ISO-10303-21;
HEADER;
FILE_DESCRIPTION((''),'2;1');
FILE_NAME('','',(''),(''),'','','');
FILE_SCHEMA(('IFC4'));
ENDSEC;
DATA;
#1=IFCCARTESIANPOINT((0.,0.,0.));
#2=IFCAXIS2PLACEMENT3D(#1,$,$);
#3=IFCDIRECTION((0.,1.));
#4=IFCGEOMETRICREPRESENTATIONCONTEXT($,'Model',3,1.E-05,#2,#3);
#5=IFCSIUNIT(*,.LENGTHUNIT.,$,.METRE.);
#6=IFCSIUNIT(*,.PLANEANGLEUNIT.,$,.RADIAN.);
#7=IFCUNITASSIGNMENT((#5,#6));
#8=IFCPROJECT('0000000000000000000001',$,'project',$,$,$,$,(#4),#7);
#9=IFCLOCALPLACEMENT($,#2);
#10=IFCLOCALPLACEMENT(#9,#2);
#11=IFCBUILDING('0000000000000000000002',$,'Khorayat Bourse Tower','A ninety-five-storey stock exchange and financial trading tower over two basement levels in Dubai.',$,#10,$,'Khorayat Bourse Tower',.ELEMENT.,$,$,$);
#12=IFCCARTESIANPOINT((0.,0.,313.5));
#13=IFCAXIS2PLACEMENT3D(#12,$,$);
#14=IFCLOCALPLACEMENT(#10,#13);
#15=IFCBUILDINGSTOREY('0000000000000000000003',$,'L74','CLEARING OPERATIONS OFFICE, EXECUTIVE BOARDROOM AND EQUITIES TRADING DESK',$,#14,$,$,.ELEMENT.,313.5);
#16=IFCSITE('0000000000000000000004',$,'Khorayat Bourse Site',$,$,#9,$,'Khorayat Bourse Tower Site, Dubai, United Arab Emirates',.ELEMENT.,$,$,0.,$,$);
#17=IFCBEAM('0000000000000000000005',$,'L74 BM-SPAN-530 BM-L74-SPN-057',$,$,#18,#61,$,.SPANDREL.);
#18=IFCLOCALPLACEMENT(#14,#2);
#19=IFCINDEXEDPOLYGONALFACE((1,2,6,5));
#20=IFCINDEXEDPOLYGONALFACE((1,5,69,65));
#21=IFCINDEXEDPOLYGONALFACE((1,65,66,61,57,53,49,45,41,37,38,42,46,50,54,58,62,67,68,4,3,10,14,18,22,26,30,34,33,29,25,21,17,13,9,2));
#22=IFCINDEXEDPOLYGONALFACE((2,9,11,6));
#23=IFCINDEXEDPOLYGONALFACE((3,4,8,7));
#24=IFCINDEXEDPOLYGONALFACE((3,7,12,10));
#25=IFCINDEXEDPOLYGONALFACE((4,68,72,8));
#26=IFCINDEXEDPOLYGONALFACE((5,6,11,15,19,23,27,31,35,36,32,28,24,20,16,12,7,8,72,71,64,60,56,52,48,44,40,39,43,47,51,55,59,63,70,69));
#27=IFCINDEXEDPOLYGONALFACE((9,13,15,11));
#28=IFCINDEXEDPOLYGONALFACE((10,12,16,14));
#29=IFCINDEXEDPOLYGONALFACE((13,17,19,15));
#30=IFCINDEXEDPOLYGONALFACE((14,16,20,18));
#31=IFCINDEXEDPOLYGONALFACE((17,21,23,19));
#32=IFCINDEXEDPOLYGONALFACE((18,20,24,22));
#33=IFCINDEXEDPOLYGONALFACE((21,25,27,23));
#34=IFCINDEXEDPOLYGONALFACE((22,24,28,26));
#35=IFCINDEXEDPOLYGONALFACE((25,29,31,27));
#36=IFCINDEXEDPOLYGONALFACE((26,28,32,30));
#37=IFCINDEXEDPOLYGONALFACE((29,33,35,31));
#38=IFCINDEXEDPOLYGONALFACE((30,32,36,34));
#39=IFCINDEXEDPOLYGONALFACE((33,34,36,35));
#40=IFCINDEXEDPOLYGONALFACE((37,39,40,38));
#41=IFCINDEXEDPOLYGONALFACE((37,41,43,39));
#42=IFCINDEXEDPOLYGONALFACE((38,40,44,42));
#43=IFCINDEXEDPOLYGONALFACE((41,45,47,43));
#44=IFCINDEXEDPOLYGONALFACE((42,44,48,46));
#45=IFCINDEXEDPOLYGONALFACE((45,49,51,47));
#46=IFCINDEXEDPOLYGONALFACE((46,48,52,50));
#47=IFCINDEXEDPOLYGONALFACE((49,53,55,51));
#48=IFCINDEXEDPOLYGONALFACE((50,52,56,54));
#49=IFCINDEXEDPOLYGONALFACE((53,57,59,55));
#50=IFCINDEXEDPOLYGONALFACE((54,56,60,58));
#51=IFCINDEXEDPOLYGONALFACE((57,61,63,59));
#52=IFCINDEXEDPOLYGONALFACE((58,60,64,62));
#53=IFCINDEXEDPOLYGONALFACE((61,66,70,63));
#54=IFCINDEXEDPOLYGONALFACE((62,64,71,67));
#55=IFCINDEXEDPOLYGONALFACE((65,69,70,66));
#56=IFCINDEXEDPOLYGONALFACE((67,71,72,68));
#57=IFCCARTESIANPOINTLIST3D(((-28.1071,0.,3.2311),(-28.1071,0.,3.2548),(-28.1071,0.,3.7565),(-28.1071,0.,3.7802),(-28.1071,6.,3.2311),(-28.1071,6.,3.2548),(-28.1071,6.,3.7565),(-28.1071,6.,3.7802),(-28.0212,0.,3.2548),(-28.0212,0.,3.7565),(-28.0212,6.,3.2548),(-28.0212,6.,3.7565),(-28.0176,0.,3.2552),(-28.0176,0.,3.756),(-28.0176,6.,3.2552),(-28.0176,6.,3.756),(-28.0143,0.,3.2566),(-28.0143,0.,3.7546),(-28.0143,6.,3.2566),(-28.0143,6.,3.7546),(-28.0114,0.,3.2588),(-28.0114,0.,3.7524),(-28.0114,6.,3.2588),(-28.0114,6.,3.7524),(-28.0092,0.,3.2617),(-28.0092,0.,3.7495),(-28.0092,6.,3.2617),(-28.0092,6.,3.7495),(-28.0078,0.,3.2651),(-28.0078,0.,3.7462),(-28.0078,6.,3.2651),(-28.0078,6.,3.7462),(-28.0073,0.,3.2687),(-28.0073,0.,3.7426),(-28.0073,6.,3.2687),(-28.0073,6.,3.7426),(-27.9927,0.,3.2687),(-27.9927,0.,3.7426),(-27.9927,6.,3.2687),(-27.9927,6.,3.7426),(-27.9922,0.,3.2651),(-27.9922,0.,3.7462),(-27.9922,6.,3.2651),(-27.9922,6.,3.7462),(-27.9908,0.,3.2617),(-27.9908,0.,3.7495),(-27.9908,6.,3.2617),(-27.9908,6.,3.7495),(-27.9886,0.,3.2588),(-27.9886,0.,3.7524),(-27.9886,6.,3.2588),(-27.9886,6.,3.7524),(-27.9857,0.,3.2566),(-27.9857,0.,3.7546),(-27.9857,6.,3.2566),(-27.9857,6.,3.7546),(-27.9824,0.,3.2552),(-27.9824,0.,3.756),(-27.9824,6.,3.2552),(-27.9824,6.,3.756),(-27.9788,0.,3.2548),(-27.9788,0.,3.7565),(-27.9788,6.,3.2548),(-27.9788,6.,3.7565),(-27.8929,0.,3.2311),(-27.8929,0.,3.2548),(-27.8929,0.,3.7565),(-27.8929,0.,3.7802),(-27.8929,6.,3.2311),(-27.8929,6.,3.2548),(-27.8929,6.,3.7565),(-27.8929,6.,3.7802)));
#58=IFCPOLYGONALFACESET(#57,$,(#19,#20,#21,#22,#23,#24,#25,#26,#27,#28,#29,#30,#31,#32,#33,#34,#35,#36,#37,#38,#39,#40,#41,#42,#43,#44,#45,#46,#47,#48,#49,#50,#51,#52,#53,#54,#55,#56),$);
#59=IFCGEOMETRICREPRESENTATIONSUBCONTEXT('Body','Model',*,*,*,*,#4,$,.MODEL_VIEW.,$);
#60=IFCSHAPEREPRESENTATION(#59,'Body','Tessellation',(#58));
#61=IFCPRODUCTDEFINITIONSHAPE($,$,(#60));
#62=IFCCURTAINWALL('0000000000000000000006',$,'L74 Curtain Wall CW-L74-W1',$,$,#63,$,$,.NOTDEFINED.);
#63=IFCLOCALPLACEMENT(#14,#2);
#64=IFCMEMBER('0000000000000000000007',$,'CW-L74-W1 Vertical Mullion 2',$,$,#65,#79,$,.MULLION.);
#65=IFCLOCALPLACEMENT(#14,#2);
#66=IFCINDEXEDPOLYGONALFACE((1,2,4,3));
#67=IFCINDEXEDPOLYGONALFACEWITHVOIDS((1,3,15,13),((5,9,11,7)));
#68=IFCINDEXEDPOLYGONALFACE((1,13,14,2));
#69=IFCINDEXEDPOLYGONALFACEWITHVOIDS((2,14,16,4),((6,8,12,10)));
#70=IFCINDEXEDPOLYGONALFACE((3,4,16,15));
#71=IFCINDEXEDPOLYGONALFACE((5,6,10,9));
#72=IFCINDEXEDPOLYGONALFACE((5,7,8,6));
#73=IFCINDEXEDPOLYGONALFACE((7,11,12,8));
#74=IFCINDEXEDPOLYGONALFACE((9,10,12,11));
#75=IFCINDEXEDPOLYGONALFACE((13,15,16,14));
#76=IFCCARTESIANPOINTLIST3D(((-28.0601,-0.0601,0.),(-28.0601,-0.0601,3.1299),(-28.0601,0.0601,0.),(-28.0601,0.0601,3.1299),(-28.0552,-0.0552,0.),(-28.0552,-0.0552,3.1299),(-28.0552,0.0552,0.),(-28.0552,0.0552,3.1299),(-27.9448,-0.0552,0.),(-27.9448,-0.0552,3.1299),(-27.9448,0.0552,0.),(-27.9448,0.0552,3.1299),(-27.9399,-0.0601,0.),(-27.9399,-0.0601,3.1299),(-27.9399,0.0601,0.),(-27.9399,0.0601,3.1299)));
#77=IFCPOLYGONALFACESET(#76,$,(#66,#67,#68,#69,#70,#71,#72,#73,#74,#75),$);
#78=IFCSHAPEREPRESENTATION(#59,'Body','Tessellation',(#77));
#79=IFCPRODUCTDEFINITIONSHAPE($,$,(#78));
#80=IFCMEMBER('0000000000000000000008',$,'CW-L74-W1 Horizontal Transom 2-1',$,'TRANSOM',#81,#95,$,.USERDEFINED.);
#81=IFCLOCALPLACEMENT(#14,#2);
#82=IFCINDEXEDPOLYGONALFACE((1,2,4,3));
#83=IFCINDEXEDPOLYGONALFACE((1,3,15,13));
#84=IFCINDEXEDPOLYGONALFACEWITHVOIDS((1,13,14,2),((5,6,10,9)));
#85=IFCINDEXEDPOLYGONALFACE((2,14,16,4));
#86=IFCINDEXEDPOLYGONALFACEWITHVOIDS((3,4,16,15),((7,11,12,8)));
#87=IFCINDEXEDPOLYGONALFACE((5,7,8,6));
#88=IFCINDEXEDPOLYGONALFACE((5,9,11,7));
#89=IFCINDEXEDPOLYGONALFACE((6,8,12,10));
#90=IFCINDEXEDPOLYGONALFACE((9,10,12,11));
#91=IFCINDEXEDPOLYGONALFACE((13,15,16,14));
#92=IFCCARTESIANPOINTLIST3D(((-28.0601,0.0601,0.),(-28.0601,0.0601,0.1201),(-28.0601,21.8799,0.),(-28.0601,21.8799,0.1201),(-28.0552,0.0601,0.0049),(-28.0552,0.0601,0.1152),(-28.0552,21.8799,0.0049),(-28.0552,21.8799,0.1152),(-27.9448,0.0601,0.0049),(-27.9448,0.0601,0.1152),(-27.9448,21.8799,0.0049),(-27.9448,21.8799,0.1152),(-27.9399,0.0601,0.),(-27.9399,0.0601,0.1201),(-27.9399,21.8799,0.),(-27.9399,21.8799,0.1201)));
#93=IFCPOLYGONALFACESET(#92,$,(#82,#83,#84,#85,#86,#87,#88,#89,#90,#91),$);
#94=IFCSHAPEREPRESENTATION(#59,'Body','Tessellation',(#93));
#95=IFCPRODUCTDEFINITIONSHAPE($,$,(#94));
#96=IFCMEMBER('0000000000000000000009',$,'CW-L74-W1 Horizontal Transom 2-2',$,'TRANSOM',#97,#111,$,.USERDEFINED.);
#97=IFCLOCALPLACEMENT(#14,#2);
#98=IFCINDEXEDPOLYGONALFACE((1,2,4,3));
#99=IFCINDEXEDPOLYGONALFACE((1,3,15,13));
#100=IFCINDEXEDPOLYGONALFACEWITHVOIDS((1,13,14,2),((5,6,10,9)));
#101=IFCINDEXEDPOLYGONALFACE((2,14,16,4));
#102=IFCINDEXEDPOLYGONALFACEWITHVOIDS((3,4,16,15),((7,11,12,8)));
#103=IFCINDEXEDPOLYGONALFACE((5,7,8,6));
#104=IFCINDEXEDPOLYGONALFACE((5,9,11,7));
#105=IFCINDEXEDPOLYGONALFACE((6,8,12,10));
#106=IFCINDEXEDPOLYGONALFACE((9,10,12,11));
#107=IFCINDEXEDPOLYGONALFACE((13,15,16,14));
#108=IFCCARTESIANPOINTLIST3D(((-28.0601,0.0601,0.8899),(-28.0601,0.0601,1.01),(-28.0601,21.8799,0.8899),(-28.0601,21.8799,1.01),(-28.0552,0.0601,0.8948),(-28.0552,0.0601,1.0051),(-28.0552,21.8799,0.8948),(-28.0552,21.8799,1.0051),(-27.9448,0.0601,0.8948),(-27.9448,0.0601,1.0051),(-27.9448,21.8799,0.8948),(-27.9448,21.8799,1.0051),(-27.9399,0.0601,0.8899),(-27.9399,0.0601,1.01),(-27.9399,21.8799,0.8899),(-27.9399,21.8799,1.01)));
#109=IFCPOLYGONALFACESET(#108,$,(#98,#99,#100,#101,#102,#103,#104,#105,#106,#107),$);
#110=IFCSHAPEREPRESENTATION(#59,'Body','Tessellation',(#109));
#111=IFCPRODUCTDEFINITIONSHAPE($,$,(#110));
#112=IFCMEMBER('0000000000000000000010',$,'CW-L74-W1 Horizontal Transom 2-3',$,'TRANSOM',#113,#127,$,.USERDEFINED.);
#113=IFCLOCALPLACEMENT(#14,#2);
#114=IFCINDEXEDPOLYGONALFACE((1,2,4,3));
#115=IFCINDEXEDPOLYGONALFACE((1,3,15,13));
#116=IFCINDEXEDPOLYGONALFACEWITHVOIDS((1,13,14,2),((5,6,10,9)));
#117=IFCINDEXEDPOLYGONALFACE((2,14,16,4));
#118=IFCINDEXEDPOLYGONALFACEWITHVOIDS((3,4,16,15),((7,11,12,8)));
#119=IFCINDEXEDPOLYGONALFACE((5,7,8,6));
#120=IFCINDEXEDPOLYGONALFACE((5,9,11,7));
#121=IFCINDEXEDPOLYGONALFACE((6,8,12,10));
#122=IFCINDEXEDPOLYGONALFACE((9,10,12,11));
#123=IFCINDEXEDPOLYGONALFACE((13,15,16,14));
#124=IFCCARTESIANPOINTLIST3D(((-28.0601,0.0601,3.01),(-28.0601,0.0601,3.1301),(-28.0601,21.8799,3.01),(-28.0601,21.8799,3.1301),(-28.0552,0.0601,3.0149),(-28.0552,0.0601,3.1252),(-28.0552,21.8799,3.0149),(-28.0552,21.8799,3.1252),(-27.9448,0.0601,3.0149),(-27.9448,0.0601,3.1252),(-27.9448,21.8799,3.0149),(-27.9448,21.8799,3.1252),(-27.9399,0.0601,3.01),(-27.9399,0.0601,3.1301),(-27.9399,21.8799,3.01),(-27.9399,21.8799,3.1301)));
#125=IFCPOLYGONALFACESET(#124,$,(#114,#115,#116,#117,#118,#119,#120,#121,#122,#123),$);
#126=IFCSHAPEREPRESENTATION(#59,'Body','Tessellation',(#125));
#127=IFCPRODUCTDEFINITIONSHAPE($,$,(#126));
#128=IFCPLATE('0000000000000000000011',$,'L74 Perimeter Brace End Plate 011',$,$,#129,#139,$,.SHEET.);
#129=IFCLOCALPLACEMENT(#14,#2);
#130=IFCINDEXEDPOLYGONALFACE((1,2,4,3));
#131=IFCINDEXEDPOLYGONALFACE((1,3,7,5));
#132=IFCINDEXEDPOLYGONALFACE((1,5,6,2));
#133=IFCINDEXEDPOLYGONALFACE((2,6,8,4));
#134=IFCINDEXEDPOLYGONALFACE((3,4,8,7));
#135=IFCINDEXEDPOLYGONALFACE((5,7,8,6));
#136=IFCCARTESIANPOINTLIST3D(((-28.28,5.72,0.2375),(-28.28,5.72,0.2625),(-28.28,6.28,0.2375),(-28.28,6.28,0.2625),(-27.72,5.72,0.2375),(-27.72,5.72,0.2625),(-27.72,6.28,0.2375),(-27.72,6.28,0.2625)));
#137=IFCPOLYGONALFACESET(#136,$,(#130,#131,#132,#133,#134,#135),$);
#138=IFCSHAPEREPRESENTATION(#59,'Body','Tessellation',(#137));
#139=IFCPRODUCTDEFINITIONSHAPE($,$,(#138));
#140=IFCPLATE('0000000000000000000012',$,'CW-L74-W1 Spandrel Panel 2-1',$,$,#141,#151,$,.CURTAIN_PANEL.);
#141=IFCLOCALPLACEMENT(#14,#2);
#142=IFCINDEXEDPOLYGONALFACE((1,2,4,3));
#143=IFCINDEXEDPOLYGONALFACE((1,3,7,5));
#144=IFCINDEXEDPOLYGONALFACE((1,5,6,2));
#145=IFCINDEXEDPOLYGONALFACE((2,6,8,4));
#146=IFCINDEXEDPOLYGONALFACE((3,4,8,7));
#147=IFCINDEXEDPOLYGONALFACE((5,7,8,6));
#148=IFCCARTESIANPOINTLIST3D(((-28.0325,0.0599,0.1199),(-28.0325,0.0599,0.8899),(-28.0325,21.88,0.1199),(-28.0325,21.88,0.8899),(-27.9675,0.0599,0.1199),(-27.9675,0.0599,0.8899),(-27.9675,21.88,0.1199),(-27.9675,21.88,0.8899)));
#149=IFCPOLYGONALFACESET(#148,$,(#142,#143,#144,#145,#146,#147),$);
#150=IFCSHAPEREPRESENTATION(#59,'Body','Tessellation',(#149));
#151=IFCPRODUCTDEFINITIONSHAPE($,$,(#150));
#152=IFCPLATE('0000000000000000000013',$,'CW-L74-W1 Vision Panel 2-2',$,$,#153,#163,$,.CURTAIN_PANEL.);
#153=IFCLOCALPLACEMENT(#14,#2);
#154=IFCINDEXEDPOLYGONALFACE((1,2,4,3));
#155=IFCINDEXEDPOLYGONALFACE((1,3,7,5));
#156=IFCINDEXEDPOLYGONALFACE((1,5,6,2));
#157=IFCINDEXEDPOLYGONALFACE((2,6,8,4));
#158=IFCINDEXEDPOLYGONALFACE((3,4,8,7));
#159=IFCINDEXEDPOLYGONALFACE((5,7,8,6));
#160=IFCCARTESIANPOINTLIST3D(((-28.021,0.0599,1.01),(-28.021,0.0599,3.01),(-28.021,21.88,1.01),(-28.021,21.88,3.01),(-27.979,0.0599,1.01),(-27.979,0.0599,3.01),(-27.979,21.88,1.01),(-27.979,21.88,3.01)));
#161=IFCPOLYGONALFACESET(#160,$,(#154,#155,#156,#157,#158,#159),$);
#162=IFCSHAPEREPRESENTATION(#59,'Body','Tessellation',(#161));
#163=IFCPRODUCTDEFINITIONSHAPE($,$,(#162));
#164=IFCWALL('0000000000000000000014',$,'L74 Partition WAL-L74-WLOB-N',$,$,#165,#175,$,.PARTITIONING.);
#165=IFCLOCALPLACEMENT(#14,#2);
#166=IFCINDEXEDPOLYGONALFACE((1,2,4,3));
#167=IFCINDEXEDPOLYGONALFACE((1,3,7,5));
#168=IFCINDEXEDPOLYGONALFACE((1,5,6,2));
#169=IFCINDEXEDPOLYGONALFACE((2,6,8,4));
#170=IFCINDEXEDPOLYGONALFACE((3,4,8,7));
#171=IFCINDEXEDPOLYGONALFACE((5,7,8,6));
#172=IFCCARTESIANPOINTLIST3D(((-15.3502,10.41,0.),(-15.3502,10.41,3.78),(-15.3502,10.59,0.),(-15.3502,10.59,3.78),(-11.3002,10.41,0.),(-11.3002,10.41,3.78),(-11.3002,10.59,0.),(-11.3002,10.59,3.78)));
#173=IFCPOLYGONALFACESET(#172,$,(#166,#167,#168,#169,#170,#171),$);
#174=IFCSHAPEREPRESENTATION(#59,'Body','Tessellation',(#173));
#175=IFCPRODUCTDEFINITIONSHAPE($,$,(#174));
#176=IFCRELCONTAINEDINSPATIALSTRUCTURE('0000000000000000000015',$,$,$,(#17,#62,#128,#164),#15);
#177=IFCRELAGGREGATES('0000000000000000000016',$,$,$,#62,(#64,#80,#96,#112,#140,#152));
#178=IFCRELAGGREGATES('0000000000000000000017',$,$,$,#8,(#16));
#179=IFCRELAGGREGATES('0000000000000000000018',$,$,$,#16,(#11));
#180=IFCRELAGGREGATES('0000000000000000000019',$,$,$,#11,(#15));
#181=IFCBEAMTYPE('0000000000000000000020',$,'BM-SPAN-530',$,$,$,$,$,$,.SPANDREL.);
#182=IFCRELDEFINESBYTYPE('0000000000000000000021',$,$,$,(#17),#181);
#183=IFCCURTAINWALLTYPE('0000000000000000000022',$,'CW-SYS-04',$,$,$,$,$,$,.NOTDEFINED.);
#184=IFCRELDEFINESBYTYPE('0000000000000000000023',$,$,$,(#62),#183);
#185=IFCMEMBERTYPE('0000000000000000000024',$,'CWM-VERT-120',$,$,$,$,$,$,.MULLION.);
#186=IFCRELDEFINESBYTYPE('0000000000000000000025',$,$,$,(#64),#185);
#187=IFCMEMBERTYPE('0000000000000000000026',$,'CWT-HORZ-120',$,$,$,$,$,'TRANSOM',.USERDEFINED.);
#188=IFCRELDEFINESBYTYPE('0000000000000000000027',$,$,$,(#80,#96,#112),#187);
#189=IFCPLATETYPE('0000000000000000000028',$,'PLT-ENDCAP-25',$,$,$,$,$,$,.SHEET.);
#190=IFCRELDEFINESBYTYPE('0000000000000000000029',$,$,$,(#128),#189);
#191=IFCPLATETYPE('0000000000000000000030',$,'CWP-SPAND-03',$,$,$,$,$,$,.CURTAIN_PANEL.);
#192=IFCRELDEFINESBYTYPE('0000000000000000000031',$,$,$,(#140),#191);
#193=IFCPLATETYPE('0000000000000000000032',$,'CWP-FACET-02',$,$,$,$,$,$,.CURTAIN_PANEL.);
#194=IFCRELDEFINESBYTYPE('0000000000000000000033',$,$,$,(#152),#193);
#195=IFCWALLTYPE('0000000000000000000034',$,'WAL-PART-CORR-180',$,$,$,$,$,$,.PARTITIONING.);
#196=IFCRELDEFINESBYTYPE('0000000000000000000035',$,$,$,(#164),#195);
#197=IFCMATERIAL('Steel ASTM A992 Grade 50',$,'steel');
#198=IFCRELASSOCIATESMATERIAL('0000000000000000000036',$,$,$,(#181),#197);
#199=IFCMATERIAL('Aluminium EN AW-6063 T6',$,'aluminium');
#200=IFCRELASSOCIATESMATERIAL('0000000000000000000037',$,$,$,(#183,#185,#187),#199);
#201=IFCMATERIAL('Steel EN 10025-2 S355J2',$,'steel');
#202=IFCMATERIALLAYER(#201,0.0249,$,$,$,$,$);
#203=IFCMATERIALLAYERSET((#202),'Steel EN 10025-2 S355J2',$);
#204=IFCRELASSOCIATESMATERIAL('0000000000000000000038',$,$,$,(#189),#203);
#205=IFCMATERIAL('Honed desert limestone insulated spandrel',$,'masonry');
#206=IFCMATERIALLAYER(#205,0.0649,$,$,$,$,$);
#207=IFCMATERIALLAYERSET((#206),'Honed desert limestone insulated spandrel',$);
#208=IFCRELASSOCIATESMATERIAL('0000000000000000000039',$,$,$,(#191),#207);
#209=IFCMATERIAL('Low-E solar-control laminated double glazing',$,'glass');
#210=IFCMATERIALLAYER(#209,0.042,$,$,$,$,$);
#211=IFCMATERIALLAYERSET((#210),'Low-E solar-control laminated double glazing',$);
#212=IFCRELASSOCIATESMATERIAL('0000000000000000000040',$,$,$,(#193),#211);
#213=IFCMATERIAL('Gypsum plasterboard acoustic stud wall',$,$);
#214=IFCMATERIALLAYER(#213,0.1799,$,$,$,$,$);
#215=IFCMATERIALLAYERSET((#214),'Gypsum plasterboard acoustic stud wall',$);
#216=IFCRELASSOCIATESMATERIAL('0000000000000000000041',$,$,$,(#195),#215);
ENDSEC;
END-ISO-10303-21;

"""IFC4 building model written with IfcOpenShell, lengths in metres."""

from ifc_helpers import new_model, si_unit, direction, frame, frame_2d, origin, origin_2d, place, context, subcontext, project, spatial, rectangle, hollow_rectangle, i_section, extrude, source, transform, mapped, material, layer, layer_set, material_profile, profile_set, type_object, element, aggregate, save


model = new_model("IFC4")

# Units and contexts
model_context = context("Model", 3, precision=1e-05, world=origin(), true_north=direction((0.0, 1.0)))
body_context = subcontext(model_context, "Body", "Model", "MODEL_VIEW")
ifc_project = project(units=[si_unit("LENGTHUNIT", "METRE"), si_unit("PLANEANGLEUNIT", "RADIAN")], contexts=[model_context])

# Site, building, storey
site_placement = place(None, origin())
site = spatial("IfcSite", under=ifc_project, at=site_placement, Name="Khorayat Bourse Site", LongName="Khorayat Bourse Tower Site, Dubai, United Arab Emirates", CompositionType="ELEMENT", RefElevation=0.0)
building_placement = place(site_placement, origin())
building = spatial("IfcBuilding", under=site, at=building_placement, Name="Khorayat Bourse Tower", Description="A ninety-five-storey stock exchange and financial trading tower over two basement levels in Dubai.", LongName="Khorayat Bourse Tower", CompositionType="ELEMENT")
storey_placement = place(building_placement, frame((0.0, 0.0, 313.5)))
storey = spatial("IfcBuildingStorey", under=building, at=storey_placement, Name="L74", Description="CLEARING OPERATIONS OFFICE, EXECUTIVE BOARDROOM AND EQUITIES TRADING DESK", CompositionType="ELEMENT", Elevation=313.5)

# Beam
ifc_material_1 = material(Name="Steel ASTM A992 Grade 50", Category="steel")
ifc_material_profile_1 = material_profile(ifc_material_1, i_section(OverallWidth=0.2141, OverallDepth=0.5491, WebThickness=0.0146, FlangeThickness=0.0237, FilletRadius=0.0139, at=origin_2d()), Name="W530X138")
ifc_profile_set_1 = profile_set([ifc_material_profile_1], Name="Steel ASTM A992 Grade 50")
beam_type_1 = type_object("IfcBeamType", Name="BM-SPAN-530", PredefinedType="SPANDREL", material=ifc_profile_set_1)
shared_shape_1 = source(origin(), body_context, "Body", "SweptSolid", [
    extrude(i_section(OverallWidth=0.2141, OverallDepth=0.5491, WebThickness=0.0146, FlangeThickness=0.0237, FilletRadius=0.0139, at=origin_2d()), origin(), (0.0, 0.0, 1.0), 6.0),
])
beam_1_placement = place(storey_placement, frame((-28.0, 0.0, 3.5056), z_axis=(0.0, 1.0, 0.0), x_axis=(-1.0, 0.0, 0.0)))
element("IfcBeam", 1, at=beam_1_placement, inside=storey, type_object=beam_type_1, Name="L74 BM-SPAN-530 BM-L74-SPN-057", PredefinedType="SPANDREL", context=body_context, shape_type="MappedRepresentation", body=[
    mapped(shared_shape_1, transform((0.0, 0.0, 0.0), scale=1.0)),
])

# Curtain wall, members
ifc_material_2 = material(Name="Aluminium EN AW-6063 T6", Category="aluminium")
curtain_wall_type = type_object("IfcCurtainWallType", Name="CW-SYS-04", PredefinedType="NOTDEFINED", material=ifc_material_2)
curtain_wall_placement = place(storey_placement, origin())
curtain_wall = element("IfcCurtainWall", 2, at=curtain_wall_placement, inside=storey, type_object=curtain_wall_type, Name="L74 Curtain Wall CW-L74-W1", PredefinedType="NOTDEFINED")
ifc_material_profile_2 = material_profile(ifc_material_2, hollow_rectangle(XDim=0.1201, YDim=0.1201, WallThickness=0.0049, at=origin_2d()), Name="ALU 120x120x5")
ifc_profile_set_2 = profile_set([ifc_material_profile_2], Name="Aluminium EN AW-6063 T6")
member_type_1 = type_object("IfcMemberType", Name="CWM-VERT-120", PredefinedType="MULLION", material=ifc_profile_set_2)
shared_shape_2 = source(origin(), body_context, "Body", "SweptSolid", [
    extrude(hollow_rectangle(XDim=0.1201, YDim=0.1201, WallThickness=0.0049, at=origin_2d()), origin(), (0.0, 0.0, 1.0), 3.1299),
])
member_1_placement = place(storey_placement, frame((-28.0, 0.0, 0.0), z_axis=(0.0, 0.0, 1.0), x_axis=(-1.0, 0.0, 0.0)))
member_1 = element("IfcMember", 3, at=member_1_placement, type_object=member_type_1, Name="CW-L74-W1 Vertical Mullion 2", PredefinedType="MULLION", context=body_context, shape_type="MappedRepresentation", body=[
    mapped(shared_shape_2, transform((0.0, 0.0, 0.0), scale=1.0)),
])
ifc_material_profile_3 = material_profile(ifc_material_2, hollow_rectangle(XDim=0.1201, YDim=0.1201, WallThickness=0.0049, at=origin_2d()), Name="ALU 120x120x5")
ifc_profile_set_3 = profile_set([ifc_material_profile_3], Name="Aluminium EN AW-6063 T6")
member_type_2 = type_object("IfcMemberType", Name="CWT-HORZ-120", ElementType="TRANSOM", PredefinedType="USERDEFINED", material=ifc_profile_set_3)
shared_shape_3 = source(origin(), body_context, "Body", "SweptSolid", [
    extrude(hollow_rectangle(XDim=0.1201, YDim=0.1201, WallThickness=0.0049, at=origin_2d()), origin(), (0.0, 0.0, 1.0), 21.8198),
])
member_2_placement = place(storey_placement, frame((-28.0, 0.0601, 0.0601), z_axis=(0.0, 1.0, 0.0), x_axis=(-1.0, 0.0, 0.0)))
member_2 = element("IfcMember", 4, at=member_2_placement, type_object=member_type_2, Name="CW-L74-W1 Horizontal Transom 2-1", ObjectType="TRANSOM", PredefinedType="USERDEFINED", context=body_context, shape_type="MappedRepresentation", body=[
    mapped(shared_shape_3, transform((0.0, 0.0, 0.0), scale=1.0)),
])
member_3_placement = place(storey_placement, frame((-28.0, 0.0601, 0.95), z_axis=(0.0, 1.0, 0.0), x_axis=(-1.0, 0.0, 0.0)))
member_3 = element("IfcMember", 5, at=member_3_placement, type_object=member_type_2, Name="CW-L74-W1 Horizontal Transom 2-2", ObjectType="TRANSOM", PredefinedType="USERDEFINED", context=body_context, shape_type="MappedRepresentation", body=[
    mapped(shared_shape_3, transform((0.0, 0.0, 0.0), scale=1.0)),
])
member_4_placement = place(storey_placement, frame((-28.0, 0.0601, 3.0701), z_axis=(0.0, 1.0, 0.0), x_axis=(-1.0, 0.0, 0.0)))
member_4 = element("IfcMember", 6, at=member_4_placement, type_object=member_type_2, Name="CW-L74-W1 Horizontal Transom 2-3", ObjectType="TRANSOM", PredefinedType="USERDEFINED", context=body_context, shape_type="MappedRepresentation", body=[
    mapped(shared_shape_3, transform((0.0, 0.0, 0.0), scale=1.0)),
])

# Plates
ifc_material_3 = material(Name="Steel EN 10025-2 S355J2", Category="steel")
ifc_layer_1 = layer(ifc_material_3, 0.0249)
ifc_layer_set_1 = layer_set([ifc_layer_1], Name="Steel EN 10025-2 S355J2")
plate_type_1 = type_object("IfcPlateType", Name="PLT-ENDCAP-25", PredefinedType="SHEET", material=ifc_layer_set_1)
shared_shape_4 = source(origin(), body_context, "Body", "SweptSolid", [
    extrude(rectangle(XDim=0.5601, YDim=0.5601, at=origin_2d()), origin(), (0.0, 0.0, 1.0), 0.0249),
])
plate_1_placement = place(storey_placement, frame((-28.0, 6.0, 0.2375), z_axis=(0.0, 0.0, 1.0), x_axis=(1.0, 0.0, 0.0)))
element("IfcPlate", 7, at=plate_1_placement, inside=storey, type_object=plate_type_1, Name="L74 Perimeter Brace End Plate 011", PredefinedType="SHEET", context=body_context, shape_type="MappedRepresentation", body=[
    mapped(shared_shape_4, transform((0.0, 0.0, 0.0), scale=1.0)),
])
ifc_material_4 = material(Name="Honed desert limestone insulated spandrel", Category="masonry")
ifc_layer_2 = layer(ifc_material_4, 0.0649)
ifc_layer_set_2 = layer_set([ifc_layer_2], Name="Honed desert limestone insulated spandrel")
plate_type_2 = type_object("IfcPlateType", Name="CWP-SPAND-03", PredefinedType="CURTAIN_PANEL", material=ifc_layer_set_2)
shared_shape_5 = source(origin(), body_context, "Body", "SweptSolid", [
    extrude(rectangle(XDim=21.8201, YDim=0.0649, at=origin_2d()), origin(), (0.0, 0.0, 1.0), 0.77),
])
plate_2_placement = place(storey_placement, frame((-28.0, 10.97, 0.1199), z_axis=(0.0, 0.0, 1.0), x_axis=(0.0, 1.0, 0.0)))
plate_2 = element("IfcPlate", 8, at=plate_2_placement, type_object=plate_type_2, Name="CW-L74-W1 Spandrel Panel 2-1", PredefinedType="CURTAIN_PANEL", context=body_context, shape_type="MappedRepresentation", body=[
    mapped(shared_shape_5, transform((0.0, 0.0, 0.0), scale=1.0)),
])
ifc_material_5 = material(Name="Low-E solar-control laminated double glazing", Category="glass")
ifc_layer_3 = layer(ifc_material_5, 0.042)
ifc_layer_set_3 = layer_set([ifc_layer_3], Name="Low-E solar-control laminated double glazing")
plate_type_3 = type_object("IfcPlateType", Name="CWP-FACET-02", PredefinedType="CURTAIN_PANEL", material=ifc_layer_set_3)
shared_shape_6 = source(origin(), body_context, "Body", "SweptSolid", [
    extrude(rectangle(XDim=21.8201, YDim=0.042, at=origin_2d()), origin(), (0.0, 0.0, 1.0), 2.0),
])
plate_3_placement = place(storey_placement, frame((-28.0, 10.97, 1.01), z_axis=(0.0, 0.0, 1.0), x_axis=(0.0, 1.0, 0.0)))
plate_3 = element("IfcPlate", 9, at=plate_3_placement, type_object=plate_type_3, Name="CW-L74-W1 Vision Panel 2-2", PredefinedType="CURTAIN_PANEL", context=body_context, shape_type="MappedRepresentation", body=[
    mapped(shared_shape_6, transform((0.0, 0.0, 0.0), scale=1.0)),
])
aggregate(curtain_wall, [member_1, member_2, member_3, member_4, plate_2, plate_3])

# Wall
ifc_material_6 = material(Name="Gypsum plasterboard acoustic stud wall")
ifc_layer_4 = layer(ifc_material_6, 0.1799)
ifc_layer_set_4 = layer_set([ifc_layer_4], Name="Gypsum plasterboard acoustic stud wall")
wall_type_1 = type_object("IfcWallType", Name="WAL-PART-CORR-180", PredefinedType="PARTITIONING", material=ifc_layer_set_4)
shared_shape_7 = source(origin(), body_context, "Body", "SweptSolid", [
    extrude(rectangle(XDim=4.05, YDim=0.1799, at=frame_2d((2.0249, 0.0))), origin(), (0.0, 0.0, 1.0), 3.78),
])
wall_1_placement = place(storey_placement, frame((-15.3501, 10.5, 0.0), z_axis=(0.0, 0.0, 1.0), x_axis=(1.0, 0.0, 0.0)))
element("IfcWall", 10, at=wall_1_placement, inside=storey, type_object=wall_type_1, Name="L74 Partition WAL-L74-WLOB-N", PredefinedType="PARTITIONING", context=body_context, shape_type="MappedRepresentation", body=[
    mapped(shared_shape_7, transform((0.0, 0.0, 0.0), scale=1.0)),
])

save(model, "model.ifc")
